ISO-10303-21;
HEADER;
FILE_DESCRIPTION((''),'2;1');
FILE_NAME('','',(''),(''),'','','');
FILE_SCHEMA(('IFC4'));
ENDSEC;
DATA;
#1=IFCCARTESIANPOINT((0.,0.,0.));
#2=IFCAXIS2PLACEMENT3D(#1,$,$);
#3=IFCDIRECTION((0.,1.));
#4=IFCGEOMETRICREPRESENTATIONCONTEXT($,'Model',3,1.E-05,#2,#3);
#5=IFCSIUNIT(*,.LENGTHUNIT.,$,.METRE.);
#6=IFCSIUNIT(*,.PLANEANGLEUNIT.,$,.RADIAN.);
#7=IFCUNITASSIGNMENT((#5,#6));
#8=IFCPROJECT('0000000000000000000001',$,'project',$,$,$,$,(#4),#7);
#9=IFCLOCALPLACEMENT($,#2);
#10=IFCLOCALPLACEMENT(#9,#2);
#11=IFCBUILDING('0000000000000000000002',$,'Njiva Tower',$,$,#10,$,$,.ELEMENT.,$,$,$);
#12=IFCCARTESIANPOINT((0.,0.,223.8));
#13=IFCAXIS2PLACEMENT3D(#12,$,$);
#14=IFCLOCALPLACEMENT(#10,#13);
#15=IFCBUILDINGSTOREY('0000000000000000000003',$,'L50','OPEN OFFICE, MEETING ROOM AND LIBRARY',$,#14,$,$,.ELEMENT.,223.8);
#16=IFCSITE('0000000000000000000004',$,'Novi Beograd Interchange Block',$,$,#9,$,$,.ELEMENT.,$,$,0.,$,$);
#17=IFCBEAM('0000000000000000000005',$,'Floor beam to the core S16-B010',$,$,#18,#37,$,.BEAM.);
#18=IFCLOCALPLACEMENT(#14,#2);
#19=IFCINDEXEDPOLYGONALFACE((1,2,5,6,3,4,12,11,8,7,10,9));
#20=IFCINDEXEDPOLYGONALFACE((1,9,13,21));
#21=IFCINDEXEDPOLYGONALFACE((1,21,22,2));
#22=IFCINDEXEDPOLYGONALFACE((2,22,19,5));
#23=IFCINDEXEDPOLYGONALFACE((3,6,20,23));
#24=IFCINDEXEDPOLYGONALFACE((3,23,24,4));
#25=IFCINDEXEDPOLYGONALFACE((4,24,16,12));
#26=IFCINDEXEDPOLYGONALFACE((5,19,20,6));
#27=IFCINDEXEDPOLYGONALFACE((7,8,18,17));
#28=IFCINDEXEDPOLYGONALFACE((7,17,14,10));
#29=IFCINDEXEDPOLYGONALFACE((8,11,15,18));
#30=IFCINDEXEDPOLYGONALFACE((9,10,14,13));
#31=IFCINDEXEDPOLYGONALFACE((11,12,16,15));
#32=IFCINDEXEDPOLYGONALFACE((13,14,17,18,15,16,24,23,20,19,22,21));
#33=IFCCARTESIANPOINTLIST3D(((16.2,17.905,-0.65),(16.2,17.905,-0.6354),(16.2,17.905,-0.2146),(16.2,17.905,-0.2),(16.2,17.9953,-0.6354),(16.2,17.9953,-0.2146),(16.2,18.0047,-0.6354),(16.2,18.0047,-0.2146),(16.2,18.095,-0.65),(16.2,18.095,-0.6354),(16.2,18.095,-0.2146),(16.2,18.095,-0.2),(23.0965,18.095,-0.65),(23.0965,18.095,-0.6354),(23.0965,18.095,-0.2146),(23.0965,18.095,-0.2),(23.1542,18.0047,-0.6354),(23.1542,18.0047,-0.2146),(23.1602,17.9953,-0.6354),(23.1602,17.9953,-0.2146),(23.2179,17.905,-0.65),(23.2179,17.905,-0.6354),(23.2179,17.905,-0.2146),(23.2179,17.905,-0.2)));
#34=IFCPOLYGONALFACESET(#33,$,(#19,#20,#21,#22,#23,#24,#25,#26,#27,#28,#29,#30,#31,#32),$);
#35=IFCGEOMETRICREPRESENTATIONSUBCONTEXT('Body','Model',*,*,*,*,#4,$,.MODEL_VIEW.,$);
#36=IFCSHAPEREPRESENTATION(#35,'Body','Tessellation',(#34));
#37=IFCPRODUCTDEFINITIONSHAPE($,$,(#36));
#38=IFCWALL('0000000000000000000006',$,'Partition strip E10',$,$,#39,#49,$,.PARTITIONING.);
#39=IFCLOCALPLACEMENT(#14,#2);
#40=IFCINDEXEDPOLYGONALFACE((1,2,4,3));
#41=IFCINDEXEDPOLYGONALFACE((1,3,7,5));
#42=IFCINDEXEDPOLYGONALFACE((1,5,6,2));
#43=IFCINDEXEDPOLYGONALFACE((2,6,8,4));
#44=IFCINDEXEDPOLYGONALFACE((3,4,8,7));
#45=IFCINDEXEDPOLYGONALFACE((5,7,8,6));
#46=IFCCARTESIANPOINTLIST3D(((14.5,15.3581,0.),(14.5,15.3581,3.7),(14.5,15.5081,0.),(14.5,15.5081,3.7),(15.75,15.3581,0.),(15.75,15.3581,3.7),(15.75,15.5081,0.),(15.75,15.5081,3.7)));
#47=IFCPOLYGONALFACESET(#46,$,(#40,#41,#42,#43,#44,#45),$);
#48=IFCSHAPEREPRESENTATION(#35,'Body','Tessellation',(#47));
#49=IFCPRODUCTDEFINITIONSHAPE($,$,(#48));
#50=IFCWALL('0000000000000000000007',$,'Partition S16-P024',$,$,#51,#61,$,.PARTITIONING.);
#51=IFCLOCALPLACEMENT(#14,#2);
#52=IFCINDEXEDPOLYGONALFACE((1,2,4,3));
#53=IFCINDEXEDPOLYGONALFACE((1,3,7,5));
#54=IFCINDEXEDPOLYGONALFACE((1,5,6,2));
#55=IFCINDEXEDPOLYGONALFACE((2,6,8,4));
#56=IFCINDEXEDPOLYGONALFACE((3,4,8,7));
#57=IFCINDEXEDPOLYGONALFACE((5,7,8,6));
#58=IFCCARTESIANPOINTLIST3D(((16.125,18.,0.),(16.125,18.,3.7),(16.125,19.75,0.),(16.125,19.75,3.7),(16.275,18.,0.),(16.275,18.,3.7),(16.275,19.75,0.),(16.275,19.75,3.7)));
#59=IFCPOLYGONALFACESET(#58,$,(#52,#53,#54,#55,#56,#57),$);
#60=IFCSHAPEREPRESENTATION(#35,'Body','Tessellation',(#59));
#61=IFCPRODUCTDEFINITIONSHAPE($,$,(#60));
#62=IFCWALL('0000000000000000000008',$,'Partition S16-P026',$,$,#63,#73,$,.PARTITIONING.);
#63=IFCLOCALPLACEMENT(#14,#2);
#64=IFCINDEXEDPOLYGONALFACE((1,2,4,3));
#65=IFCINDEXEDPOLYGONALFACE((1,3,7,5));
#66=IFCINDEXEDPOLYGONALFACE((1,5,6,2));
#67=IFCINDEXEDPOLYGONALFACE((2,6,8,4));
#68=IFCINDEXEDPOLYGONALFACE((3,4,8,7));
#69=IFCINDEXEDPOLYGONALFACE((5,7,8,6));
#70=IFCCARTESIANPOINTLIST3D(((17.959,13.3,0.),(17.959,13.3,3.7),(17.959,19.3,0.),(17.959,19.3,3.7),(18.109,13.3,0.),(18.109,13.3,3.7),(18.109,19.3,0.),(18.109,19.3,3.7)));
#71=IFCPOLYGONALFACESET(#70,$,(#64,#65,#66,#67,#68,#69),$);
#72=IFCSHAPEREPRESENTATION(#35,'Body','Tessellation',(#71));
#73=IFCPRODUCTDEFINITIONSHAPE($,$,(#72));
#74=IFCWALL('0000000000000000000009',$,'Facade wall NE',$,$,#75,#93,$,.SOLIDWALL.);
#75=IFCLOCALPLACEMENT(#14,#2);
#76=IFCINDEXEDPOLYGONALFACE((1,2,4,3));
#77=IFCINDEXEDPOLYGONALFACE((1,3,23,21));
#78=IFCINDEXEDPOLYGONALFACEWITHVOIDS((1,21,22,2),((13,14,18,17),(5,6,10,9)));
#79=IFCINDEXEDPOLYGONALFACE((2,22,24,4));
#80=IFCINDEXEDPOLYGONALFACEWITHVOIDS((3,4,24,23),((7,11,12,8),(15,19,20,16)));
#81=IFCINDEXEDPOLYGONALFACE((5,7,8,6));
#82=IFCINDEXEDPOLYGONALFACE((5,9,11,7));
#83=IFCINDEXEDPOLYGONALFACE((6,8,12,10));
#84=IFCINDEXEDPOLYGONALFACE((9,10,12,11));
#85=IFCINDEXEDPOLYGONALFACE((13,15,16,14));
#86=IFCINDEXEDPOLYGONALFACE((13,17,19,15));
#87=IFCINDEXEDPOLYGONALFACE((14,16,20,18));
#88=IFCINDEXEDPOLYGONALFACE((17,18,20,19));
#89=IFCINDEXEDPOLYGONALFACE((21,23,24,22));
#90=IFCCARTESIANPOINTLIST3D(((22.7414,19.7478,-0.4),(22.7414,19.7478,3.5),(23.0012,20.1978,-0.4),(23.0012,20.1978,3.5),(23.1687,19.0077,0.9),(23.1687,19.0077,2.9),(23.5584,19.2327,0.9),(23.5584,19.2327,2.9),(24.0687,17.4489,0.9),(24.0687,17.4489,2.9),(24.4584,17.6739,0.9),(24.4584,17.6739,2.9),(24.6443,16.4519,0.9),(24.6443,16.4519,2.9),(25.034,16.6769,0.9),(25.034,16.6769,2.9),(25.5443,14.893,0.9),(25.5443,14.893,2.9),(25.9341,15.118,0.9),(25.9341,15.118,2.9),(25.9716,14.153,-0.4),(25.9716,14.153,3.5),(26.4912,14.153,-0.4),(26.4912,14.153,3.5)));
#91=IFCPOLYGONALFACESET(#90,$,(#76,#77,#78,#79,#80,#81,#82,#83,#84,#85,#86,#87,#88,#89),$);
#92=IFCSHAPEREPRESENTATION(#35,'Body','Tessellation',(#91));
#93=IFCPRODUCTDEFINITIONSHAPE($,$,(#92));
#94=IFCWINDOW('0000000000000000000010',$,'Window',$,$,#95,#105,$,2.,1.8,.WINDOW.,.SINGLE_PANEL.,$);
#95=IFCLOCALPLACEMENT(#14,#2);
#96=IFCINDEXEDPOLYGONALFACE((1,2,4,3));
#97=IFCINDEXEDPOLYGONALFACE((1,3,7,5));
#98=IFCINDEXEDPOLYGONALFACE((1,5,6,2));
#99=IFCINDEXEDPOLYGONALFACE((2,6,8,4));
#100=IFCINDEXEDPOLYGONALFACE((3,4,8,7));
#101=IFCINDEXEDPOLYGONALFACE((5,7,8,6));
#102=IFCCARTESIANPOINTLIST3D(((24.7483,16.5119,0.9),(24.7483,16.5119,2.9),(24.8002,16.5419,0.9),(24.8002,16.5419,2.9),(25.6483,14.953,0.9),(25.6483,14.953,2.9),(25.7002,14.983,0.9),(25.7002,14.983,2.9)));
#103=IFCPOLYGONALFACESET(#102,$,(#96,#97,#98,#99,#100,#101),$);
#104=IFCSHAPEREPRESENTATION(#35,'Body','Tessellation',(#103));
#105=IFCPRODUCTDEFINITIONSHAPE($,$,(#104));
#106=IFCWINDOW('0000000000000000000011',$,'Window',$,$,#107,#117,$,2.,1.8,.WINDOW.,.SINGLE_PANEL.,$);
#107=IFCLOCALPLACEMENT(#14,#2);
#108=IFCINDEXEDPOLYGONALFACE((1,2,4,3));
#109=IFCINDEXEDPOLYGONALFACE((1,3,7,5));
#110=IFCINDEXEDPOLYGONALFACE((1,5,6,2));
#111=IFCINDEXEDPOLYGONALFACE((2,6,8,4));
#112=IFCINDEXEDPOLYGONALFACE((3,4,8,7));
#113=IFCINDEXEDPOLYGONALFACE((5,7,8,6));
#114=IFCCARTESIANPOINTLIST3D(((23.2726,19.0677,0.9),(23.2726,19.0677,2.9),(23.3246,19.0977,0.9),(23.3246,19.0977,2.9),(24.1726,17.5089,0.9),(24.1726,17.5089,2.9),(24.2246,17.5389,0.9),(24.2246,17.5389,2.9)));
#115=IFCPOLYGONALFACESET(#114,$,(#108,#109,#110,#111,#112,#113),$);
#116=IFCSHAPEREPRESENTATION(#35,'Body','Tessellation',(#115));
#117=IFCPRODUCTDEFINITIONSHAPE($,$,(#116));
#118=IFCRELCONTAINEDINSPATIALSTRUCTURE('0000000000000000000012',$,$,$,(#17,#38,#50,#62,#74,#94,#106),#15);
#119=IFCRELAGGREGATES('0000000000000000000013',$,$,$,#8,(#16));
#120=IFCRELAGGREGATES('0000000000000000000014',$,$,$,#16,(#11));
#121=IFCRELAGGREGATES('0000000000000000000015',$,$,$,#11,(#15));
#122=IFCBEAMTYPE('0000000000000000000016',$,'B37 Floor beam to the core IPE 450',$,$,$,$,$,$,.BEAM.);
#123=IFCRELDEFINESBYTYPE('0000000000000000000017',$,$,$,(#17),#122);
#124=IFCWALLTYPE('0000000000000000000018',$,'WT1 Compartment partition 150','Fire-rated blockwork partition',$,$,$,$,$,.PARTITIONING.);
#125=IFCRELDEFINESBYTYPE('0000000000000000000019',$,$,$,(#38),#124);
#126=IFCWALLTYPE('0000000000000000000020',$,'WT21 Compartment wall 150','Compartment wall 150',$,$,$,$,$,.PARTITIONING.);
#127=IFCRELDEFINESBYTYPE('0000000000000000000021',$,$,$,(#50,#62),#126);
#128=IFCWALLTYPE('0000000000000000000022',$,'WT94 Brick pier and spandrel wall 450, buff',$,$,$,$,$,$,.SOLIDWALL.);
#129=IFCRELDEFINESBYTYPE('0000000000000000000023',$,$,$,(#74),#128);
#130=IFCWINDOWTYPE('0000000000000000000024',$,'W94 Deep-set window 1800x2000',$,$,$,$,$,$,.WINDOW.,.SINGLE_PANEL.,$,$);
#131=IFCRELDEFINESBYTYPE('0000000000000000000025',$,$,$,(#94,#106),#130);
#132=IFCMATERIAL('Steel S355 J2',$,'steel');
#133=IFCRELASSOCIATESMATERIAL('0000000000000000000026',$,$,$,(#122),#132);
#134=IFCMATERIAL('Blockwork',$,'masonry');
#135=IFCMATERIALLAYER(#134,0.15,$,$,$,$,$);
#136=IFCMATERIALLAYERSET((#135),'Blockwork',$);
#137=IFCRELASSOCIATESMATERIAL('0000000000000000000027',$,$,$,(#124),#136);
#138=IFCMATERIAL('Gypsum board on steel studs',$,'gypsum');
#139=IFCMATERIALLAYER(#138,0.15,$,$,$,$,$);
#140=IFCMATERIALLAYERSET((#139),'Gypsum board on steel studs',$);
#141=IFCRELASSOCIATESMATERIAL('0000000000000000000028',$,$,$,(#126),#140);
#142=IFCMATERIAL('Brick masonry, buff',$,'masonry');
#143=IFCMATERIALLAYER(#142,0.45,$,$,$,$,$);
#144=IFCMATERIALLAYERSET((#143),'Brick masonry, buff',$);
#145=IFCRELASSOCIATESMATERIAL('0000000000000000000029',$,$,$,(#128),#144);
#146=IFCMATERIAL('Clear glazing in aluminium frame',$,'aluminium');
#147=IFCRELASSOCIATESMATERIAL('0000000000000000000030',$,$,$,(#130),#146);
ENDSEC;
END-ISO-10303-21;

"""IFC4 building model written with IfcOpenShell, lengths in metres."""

from ifc_helpers import new_model, si_unit, direction, frame, frame_2d, origin, origin_2d, place, context, subcontext, project, spatial, polyline, rectangle, i_section, outline, extrude, clip, halfspace, material, layer, layer_set, material_profile, profile_set, type_object, element, fill, save


model = new_model("IFC4")

# Units and contexts
model_context = context("Model", 3, precision=1e-05, world=origin(), true_north=direction((0.0, 1.0)))
body_context = subcontext(model_context, "Body", "Model", "MODEL_VIEW")
ifc_project = project(units=[si_unit("LENGTHUNIT", "METRE"), si_unit("PLANEANGLEUNIT", "RADIAN")], contexts=[model_context])

# Site, building, storey
site_placement = place(None, origin())
site = spatial("IfcSite", under=ifc_project, at=site_placement, Name="Novi Beograd Interchange Block", CompositionType="ELEMENT", RefElevation=0.0)
building_placement = place(site_placement, origin())
building = spatial("IfcBuilding", under=site, at=building_placement, Name="Njiva Tower", CompositionType="ELEMENT")
storey_placement = place(building_placement, frame((0.0, 0.0, 223.8)))
storey = spatial("IfcBuildingStorey", under=building, at=storey_placement, Name="L50", Description="OPEN OFFICE, MEETING ROOM AND LIBRARY", CompositionType="ELEMENT", Elevation=223.8)

# Shared definitions
ifc_material_1 = material(Name="Steel S355 J2", Category="steel")

# Beam
ifc_material_profile_1 = material_profile(ifc_material_1, i_section(OverallWidth=0.19, OverallDepth=0.45, WebThickness=0.0094, FlangeThickness=0.0146, at=origin_2d()), Name="IPE 450")
ifc_profile_set_1 = profile_set([ifc_material_profile_1], Name="Steel S355 J2")
beam_type_1 = type_object("IfcBeamType", Name="B37 Floor beam to the core IPE 450", PredefinedType="BEAM", material=ifc_profile_set_1)
beam_1_placement = place(storey_placement, frame((16.2, 18.0, -0.425), z_axis=(1.0, 0.0, 0.0), x_axis=(0.0, 1.0, 0.0)))
element("IfcBeam", 1, at=beam_1_placement, inside=storey, type_object=beam_type_1, Name="Floor beam to the core S16-B010", PredefinedType="BEAM", context=body_context, shape_type="Clipping", body=[
    clip(extrude(i_section(OverallWidth=0.19, OverallDepth=0.45, WebThickness=0.0094, FlangeThickness=0.0146, at=origin_2d()), origin(), (0.0, 0.0, 1.0), 7.038), halfspace(frame((0.0269, 0.0, 6.94), z_axis=(0.53851, 0.0, 0.842619), x_axis=(0.0, 1.0, 0.0)), False)),
])

# Walls
ifc_material_2 = material(Name="Blockwork", Category="masonry")
ifc_layer_1 = layer(ifc_material_2, 0.15)
ifc_layer_set_1 = layer_set([ifc_layer_1], Name="Blockwork")
wall_type_1 = type_object("IfcWallType", Name="WT1 Compartment partition 150", Description="Fire-rated blockwork partition", PredefinedType="PARTITIONING", material=ifc_layer_set_1)
wall_1_placement = place(storey_placement, frame((14.5, 15.4331, 0.0), z_axis=(0.0, 0.0, 1.0), x_axis=(1.0, 0.0, 0.0)))
element("IfcWall", 2, at=wall_1_placement, inside=storey, type_object=wall_type_1, Name="Partition strip E10", PredefinedType="PARTITIONING", context=body_context, shape_type="SweptSolid", body=[
    extrude(rectangle(XDim=1.25, YDim=0.15, at=frame_2d((0.625, 0.0))), origin(), (0.0, 0.0, 1.0), 3.7),
])
ifc_material_3 = material(Name="Gypsum board on steel studs", Category="gypsum")
ifc_layer_2 = layer(ifc_material_3, 0.15)
ifc_layer_set_2 = layer_set([ifc_layer_2], Name="Gypsum board on steel studs")
wall_type_2 = type_object("IfcWallType", Name="WT21 Compartment wall 150", Description="Compartment wall 150", PredefinedType="PARTITIONING", material=ifc_layer_set_2)
wall_2_placement = place(storey_placement, frame((16.2, 18.0, 0.0), z_axis=(0.0, 0.0, 1.0), x_axis=(0.0, 1.0, 0.0)))
element("IfcWall", 3, at=wall_2_placement, inside=storey, type_object=wall_type_2, Name="Partition S16-P024", PredefinedType="PARTITIONING", context=body_context, shape_type="SweptSolid", body=[
    extrude(rectangle(XDim=1.75, YDim=0.15, at=frame_2d((0.875, 0.0))), origin(), (0.0, 0.0, 1.0), 3.7),
])
wall_3_placement = place(storey_placement, frame((18.034, 13.3, 0.0), z_axis=(0.0, 0.0, 1.0), x_axis=(0.0, 1.0, 0.0)))
element("IfcWall", 4, at=wall_3_placement, inside=storey, type_object=wall_type_2, Name="Partition S16-P026", PredefinedType="PARTITIONING", context=body_context, shape_type="SweptSolid", body=[
    extrude(rectangle(XDim=6.0, YDim=0.15, at=frame_2d((3.0, 0.0))), origin(), (0.0, 0.0, 1.0), 3.7),
])

# Wall, openings, windows
ifc_material_4 = material(Name="Clear glazing in aluminium frame", Category="aluminium")
ifc_material_5 = material(Name="Brick masonry, buff", Category="masonry")
ifc_layer_3 = layer(ifc_material_5, 0.45)
ifc_layer_set_3 = layer_set([ifc_layer_3], Name="Brick masonry, buff")
wall_type_3 = type_object("IfcWallType", Name="WT94 Brick pier and spandrel wall 450, buff", PredefinedType="SOLIDWALL", material=ifc_layer_set_3)
wall_4_placement = place(storey_placement, frame((26.2314, 14.153, -0.4), z_axis=(0.0, 0.0, 1.0), x_axis=(-0.500004, 0.866023, 0.0)))
wall_4 = element("IfcWall", 5, at=wall_4_placement, inside=storey, type_object=wall_type_3, Name="Facade wall NE", PredefinedType="SOLIDWALL", context=body_context, shape_type="SweptSolid", body=[
    extrude(outline(polyline([(-0.1299, -0.225), (6.85, -0.225), (6.5902, 0.225), (0.1299, 0.225), (-0.1299, -0.225)])), origin(), (0.0, 0.0, 1.0), 3.9),
])
opening_1_placement = place(wall_4_placement, frame((0.9844, 0.0, 1.3)))
opening_1 = element("IfcOpeningElement", 6, at=opening_1_placement, cuts=wall_4, PredefinedType="OPENING", context=body_context, shape_type="SweptSolid", body=[
    extrude(rectangle(XDim=1.8, YDim=2.0, at=frame_2d((0.9, 1.0))), frame((0.0, 0.235, 0.0), z_axis=(0.0, -1.0, 0.0), x_axis=(1.0, 0.0, 0.0)), (0.0, 0.0, 1.0), 0.47),
])
opening_2_placement = place(wall_4_placement, frame((3.9357, 0.0, 1.3)))
opening_2 = element("IfcOpeningElement", 7, at=opening_2_placement, cuts=wall_4, PredefinedType="OPENING", context=body_context, shape_type="SweptSolid", body=[
    extrude(rectangle(XDim=1.8, YDim=2.0, at=frame_2d((0.9, 1.0))), frame((0.0, 0.235, 0.0), z_axis=(0.0, -1.0, 0.0), x_axis=(1.0, 0.0, 0.0)), (0.0, 0.0, 1.0), 0.47),
])
window_type_1 = type_object("IfcWindowType", Name="W94 Deep-set window 1800x2000", PartitioningType="SINGLE_PANEL", PredefinedType="WINDOW", material=ifc_material_4)
window_1_placement = place(opening_1_placement, origin())
window_1 = element("IfcWindow", 8, at=window_1_placement, inside=storey, type_object=window_type_1, Name="Window", OverallHeight=2.0, OverallWidth=1.8, PartitioningType="SINGLE_PANEL", PredefinedType="WINDOW", context=body_context, shape_type="SweptSolid", body=[
    extrude(rectangle(XDim=1.8, YDim=2.0, at=frame_2d((0.9, 1.0))), frame((0.0, 0.105, 0.0), z_axis=(0.0, -1.0, 0.0), x_axis=(1.0, 0.0, 0.0)), (0.0, 0.0, 1.0), 0.06),
])
fill(opening_1, window_1)
window_2_placement = place(opening_2_placement, origin())
window_2 = element("IfcWindow", 9, at=window_2_placement, inside=storey, type_object=window_type_1, Name="Window", OverallHeight=2.0, OverallWidth=1.8, PartitioningType="SINGLE_PANEL", PredefinedType="WINDOW", context=body_context, shape_type="SweptSolid", body=[
    extrude(rectangle(XDim=1.8, YDim=2.0, at=frame_2d((0.9, 1.0))), frame((0.0, 0.105, 0.0), z_axis=(0.0, -1.0, 0.0), x_axis=(1.0, 0.0, 0.0)), (0.0, 0.0, 1.0), 0.06),
])
fill(opening_2, window_2)

save(model, "model.ifc")
